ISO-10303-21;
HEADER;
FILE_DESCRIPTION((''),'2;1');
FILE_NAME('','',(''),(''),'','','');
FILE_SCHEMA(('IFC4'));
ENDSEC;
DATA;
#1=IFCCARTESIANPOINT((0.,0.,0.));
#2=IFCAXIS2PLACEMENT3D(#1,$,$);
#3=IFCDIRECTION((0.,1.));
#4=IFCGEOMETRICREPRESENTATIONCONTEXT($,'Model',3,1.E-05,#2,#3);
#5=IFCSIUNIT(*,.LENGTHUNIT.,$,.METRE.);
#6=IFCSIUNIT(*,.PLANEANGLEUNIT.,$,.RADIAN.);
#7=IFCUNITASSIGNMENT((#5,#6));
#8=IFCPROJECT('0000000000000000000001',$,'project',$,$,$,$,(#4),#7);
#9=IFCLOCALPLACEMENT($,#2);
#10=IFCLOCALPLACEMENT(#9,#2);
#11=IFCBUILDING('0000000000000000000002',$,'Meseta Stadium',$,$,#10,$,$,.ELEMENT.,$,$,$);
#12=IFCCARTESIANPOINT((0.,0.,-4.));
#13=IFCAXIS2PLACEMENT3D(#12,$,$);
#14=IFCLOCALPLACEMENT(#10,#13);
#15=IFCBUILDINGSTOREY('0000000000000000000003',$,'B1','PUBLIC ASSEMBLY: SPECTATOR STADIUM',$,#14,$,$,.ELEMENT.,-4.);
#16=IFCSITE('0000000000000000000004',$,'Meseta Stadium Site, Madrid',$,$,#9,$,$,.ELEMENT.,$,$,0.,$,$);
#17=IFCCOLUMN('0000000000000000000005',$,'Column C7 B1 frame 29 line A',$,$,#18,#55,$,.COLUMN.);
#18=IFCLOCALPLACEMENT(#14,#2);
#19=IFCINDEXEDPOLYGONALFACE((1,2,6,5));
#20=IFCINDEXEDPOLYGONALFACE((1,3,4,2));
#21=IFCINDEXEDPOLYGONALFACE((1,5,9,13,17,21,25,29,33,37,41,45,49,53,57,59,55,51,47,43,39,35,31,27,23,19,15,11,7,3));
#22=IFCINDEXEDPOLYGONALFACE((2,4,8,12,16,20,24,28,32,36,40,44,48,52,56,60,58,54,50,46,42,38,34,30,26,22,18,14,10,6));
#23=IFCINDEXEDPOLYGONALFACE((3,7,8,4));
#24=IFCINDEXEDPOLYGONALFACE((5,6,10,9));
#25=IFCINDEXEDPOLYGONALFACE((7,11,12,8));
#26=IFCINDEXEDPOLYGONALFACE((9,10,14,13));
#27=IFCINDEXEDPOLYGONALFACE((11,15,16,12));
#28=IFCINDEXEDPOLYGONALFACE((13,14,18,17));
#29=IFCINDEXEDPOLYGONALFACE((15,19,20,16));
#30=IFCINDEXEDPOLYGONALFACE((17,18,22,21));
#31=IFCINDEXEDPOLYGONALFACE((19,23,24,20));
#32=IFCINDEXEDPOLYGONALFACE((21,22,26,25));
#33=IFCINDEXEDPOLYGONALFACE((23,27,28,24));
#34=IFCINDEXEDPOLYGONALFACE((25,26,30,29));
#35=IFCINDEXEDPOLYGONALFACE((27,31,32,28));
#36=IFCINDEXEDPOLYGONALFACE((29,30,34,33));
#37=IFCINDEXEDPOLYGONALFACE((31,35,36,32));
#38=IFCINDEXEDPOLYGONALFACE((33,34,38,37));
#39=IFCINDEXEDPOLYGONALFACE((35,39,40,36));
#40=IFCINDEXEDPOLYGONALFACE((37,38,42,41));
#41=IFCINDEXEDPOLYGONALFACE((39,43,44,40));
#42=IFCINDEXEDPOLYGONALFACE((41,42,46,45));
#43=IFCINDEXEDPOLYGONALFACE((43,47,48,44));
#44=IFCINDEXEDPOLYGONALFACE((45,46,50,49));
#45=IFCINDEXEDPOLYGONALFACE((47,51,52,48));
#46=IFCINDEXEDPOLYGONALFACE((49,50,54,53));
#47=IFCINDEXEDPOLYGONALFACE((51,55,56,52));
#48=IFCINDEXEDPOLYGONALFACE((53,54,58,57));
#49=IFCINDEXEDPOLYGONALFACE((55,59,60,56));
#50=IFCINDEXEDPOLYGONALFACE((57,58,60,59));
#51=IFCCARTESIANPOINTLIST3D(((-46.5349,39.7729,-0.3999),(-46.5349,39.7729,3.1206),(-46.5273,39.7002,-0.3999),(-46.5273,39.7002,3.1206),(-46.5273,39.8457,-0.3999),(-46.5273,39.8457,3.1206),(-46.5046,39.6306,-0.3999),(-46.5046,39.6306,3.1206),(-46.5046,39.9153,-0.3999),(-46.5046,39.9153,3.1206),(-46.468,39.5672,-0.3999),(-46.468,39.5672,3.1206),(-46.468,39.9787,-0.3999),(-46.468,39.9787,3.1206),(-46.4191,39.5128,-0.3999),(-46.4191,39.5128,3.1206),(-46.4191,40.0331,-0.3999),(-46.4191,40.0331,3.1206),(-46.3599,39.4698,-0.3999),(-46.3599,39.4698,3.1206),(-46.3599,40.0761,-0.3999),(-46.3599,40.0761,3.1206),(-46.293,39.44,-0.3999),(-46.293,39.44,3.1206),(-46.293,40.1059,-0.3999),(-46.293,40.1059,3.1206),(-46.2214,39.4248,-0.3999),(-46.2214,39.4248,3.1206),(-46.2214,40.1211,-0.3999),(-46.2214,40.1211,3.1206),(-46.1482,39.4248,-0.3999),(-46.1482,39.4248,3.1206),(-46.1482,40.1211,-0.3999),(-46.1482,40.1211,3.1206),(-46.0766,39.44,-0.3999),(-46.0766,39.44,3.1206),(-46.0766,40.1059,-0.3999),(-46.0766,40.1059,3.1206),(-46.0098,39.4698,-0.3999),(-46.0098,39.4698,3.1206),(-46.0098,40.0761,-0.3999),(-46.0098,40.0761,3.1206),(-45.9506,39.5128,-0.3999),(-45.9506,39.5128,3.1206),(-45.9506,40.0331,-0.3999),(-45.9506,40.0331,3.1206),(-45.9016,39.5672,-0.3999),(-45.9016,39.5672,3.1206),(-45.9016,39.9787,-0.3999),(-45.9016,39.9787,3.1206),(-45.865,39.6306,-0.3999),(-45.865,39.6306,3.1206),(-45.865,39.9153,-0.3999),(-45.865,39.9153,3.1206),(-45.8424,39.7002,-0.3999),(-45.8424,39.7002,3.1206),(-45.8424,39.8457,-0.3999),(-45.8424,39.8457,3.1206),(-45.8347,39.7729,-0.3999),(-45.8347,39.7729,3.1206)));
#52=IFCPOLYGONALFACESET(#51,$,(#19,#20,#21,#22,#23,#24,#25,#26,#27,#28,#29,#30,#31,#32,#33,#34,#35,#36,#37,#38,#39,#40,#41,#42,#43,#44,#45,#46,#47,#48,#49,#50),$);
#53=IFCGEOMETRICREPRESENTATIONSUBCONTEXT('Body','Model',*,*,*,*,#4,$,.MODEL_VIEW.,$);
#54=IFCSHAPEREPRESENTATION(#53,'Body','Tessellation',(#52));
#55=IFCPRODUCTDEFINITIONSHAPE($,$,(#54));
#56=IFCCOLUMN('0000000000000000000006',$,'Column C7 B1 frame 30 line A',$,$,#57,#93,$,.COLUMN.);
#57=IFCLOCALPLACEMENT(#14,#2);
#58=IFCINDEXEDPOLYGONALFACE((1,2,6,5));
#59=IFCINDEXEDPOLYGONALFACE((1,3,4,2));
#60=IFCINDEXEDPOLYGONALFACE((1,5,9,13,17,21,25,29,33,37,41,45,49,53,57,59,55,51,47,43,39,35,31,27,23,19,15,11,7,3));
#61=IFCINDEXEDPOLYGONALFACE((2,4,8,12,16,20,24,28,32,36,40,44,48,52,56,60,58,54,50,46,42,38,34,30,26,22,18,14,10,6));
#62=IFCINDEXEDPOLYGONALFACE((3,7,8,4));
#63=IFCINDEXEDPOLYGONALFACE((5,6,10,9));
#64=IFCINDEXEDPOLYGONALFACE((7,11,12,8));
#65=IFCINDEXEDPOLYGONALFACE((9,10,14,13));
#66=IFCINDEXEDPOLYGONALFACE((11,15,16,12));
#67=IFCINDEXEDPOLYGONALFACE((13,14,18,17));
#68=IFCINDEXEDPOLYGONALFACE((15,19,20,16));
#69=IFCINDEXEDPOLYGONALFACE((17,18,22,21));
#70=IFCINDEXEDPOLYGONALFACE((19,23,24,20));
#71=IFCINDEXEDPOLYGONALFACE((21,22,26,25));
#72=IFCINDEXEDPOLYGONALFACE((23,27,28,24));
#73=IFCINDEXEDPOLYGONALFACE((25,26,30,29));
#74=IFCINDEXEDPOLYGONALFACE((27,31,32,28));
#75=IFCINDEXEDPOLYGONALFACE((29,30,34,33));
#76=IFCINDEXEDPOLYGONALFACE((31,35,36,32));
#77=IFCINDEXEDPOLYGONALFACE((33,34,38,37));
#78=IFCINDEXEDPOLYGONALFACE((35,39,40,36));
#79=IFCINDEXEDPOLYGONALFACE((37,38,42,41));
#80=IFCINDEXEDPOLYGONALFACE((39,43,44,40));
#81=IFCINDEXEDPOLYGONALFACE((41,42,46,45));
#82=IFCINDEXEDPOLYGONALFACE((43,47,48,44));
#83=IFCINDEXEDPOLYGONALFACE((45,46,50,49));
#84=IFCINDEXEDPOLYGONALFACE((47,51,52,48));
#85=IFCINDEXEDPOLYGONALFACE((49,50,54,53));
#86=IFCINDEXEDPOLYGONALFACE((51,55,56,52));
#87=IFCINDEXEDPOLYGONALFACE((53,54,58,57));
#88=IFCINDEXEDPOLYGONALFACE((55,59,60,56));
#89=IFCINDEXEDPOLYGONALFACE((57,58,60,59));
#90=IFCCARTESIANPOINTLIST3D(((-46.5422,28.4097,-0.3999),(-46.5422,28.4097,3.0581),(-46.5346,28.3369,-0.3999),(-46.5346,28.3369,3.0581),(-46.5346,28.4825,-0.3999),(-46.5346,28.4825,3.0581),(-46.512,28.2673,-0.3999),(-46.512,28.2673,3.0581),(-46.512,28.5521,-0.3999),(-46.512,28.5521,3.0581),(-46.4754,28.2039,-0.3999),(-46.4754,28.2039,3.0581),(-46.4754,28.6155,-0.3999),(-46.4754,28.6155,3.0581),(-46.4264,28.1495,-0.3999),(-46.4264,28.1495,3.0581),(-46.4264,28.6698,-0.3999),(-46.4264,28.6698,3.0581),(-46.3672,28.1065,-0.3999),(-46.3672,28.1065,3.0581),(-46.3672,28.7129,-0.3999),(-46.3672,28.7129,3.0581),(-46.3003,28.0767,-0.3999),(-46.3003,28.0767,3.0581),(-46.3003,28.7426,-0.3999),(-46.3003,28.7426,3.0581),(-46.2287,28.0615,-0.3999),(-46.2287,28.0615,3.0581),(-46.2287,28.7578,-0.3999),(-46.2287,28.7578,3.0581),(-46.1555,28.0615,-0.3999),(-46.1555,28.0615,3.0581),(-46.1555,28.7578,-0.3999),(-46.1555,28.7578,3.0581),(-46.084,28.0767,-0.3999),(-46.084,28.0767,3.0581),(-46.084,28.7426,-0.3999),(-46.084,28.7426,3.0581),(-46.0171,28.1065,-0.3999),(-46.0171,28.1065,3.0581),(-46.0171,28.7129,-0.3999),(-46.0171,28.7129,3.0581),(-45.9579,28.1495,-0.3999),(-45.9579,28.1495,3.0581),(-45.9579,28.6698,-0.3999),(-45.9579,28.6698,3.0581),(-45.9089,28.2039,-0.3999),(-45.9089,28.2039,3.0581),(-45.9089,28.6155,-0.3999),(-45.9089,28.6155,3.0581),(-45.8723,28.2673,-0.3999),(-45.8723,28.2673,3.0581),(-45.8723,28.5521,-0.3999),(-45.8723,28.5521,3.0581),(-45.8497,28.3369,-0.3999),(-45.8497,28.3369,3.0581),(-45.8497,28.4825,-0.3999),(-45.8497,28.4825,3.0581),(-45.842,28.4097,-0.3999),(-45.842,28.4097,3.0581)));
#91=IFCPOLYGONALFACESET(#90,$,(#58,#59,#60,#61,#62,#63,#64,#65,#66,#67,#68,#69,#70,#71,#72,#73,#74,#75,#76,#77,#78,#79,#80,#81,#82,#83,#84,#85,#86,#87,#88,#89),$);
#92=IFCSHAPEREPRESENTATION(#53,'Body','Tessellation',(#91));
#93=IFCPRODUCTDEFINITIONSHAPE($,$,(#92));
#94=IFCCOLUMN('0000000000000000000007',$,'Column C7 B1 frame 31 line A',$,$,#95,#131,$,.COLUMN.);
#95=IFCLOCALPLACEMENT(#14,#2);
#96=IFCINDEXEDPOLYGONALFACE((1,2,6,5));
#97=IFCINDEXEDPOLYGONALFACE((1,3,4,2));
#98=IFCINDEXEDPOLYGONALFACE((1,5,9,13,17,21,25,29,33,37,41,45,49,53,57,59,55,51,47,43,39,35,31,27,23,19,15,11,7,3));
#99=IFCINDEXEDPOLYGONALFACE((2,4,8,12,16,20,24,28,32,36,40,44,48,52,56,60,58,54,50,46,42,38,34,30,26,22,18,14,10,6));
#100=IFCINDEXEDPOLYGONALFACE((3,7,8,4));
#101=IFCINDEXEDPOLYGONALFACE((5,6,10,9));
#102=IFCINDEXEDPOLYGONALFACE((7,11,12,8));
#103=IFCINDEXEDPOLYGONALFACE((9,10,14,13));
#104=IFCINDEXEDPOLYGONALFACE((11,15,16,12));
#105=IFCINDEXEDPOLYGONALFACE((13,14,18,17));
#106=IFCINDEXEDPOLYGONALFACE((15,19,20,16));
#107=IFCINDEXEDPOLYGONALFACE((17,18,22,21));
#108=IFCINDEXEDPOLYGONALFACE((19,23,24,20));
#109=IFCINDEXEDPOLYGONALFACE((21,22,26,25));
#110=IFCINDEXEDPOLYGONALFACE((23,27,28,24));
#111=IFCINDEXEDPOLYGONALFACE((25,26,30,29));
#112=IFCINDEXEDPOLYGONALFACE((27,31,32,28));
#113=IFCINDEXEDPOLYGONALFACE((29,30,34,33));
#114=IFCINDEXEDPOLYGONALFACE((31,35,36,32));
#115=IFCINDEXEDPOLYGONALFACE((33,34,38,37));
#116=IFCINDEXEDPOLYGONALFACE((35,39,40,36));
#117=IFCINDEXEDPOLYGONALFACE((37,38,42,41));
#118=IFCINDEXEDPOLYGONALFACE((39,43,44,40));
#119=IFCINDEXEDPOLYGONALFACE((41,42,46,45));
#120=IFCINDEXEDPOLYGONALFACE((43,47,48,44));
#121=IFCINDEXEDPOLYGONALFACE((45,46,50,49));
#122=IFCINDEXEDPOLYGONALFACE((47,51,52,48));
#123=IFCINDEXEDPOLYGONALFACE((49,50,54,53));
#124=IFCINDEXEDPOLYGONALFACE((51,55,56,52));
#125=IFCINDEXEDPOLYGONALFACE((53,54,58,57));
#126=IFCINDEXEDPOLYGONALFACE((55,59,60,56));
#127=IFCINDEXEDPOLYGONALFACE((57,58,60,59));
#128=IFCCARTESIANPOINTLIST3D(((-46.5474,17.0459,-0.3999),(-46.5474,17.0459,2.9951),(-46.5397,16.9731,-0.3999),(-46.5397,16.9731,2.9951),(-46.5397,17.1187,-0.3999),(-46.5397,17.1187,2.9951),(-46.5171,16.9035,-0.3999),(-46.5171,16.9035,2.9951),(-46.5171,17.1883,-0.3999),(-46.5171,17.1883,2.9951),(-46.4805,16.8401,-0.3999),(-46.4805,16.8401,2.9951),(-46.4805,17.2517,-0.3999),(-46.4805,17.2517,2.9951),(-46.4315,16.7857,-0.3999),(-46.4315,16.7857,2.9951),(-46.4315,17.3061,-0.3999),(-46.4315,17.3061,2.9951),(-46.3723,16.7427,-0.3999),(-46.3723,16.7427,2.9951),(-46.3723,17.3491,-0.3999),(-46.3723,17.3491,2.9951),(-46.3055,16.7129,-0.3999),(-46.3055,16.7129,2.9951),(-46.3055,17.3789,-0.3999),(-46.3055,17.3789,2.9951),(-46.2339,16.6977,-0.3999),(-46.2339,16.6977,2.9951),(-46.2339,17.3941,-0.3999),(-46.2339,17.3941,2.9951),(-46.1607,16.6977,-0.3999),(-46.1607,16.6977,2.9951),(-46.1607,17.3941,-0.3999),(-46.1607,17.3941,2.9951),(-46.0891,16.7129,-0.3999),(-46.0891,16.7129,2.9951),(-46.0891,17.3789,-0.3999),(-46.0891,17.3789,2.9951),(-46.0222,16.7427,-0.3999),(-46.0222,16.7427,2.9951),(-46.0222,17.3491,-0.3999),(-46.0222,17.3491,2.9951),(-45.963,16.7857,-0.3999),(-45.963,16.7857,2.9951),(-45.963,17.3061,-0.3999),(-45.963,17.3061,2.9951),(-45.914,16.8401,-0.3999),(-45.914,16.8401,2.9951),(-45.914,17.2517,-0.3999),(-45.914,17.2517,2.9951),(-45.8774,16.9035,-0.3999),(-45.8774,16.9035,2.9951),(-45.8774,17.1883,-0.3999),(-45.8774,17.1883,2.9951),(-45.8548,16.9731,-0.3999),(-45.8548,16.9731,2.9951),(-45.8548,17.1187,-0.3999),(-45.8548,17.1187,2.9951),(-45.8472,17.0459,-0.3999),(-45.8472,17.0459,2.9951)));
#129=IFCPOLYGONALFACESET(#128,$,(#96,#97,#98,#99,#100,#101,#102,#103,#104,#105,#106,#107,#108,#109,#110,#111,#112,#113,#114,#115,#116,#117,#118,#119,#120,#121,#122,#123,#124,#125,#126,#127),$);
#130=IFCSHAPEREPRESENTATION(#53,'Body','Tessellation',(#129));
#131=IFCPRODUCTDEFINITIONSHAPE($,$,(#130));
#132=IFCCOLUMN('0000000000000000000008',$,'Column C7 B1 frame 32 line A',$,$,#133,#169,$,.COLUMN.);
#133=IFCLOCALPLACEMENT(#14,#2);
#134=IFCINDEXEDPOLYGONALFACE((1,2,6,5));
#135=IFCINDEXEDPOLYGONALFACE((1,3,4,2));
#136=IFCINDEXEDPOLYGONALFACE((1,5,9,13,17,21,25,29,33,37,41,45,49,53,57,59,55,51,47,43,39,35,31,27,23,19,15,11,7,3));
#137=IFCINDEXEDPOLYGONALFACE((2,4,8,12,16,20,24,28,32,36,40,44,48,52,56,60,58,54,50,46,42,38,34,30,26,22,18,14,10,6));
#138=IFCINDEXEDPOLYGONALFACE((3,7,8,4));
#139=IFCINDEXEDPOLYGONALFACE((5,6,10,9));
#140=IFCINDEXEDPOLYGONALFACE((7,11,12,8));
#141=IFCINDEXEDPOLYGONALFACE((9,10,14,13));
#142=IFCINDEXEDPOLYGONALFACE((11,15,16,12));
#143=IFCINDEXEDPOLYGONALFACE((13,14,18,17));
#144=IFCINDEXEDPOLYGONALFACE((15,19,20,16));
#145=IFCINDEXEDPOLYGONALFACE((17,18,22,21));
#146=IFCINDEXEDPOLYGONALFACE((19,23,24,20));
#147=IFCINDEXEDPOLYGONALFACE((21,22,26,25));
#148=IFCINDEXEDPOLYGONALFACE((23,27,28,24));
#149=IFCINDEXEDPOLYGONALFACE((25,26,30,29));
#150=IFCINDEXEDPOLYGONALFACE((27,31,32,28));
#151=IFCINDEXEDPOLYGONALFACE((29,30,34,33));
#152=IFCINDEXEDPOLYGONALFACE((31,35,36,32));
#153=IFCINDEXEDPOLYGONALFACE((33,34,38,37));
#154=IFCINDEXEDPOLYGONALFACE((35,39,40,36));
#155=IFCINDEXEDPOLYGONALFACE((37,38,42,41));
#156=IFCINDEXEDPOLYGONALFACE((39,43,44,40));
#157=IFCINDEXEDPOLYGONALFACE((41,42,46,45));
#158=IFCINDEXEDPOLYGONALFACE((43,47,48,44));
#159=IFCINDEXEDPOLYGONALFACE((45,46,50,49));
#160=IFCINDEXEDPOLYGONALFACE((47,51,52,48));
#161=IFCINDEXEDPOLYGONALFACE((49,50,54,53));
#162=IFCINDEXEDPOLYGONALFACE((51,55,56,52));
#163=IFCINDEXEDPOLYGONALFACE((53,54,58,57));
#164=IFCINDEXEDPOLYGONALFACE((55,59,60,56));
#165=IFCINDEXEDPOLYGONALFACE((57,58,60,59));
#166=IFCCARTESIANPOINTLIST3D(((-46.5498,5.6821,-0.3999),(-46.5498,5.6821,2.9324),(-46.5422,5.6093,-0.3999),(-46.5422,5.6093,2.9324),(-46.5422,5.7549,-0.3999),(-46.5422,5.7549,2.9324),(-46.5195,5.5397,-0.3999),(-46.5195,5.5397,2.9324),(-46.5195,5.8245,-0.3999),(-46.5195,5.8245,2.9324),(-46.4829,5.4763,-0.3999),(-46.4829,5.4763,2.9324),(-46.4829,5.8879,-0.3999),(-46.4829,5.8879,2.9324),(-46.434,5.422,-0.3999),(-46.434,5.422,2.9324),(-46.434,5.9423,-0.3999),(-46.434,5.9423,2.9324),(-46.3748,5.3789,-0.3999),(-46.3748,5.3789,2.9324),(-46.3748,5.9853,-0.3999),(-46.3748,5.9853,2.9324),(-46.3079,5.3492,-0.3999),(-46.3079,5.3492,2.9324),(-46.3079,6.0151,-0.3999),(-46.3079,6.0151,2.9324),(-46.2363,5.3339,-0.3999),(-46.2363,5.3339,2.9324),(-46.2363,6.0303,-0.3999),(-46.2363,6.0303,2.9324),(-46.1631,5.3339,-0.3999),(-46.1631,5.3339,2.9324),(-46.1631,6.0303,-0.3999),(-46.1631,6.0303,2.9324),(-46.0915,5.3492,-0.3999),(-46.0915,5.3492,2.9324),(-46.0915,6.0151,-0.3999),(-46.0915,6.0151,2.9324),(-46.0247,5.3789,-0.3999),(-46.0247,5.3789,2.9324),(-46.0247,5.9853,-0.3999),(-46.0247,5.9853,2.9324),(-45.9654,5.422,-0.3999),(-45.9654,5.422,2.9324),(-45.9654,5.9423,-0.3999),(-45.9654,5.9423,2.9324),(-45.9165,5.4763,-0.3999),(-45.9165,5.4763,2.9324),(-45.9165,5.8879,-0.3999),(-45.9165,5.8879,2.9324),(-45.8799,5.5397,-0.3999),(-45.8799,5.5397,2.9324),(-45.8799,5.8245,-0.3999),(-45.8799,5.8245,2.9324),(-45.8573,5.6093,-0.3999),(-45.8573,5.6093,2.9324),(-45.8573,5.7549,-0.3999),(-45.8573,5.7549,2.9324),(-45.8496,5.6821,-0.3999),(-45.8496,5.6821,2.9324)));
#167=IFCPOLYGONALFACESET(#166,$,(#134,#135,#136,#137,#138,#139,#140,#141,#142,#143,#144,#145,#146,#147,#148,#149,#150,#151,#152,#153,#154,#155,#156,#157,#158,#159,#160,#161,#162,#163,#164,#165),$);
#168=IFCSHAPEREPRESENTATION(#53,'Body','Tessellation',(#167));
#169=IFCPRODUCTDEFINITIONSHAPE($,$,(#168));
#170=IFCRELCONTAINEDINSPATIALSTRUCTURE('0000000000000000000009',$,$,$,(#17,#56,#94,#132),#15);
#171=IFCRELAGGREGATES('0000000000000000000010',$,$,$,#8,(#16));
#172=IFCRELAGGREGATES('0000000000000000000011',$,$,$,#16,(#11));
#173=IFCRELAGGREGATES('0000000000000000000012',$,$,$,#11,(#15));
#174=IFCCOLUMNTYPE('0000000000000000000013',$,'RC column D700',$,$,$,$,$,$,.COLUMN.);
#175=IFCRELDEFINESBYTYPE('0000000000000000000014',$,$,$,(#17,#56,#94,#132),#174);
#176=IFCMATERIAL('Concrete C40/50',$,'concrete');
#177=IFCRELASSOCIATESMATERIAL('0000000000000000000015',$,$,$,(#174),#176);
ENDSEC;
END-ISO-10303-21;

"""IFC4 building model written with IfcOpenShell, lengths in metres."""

from ifc_helpers import new_model, si_unit, direction, frame, origin, origin_2d, place, context, subcontext, project, spatial, circle, extrude, material, material_profile, profile_set, type_object, element, save


model = new_model("IFC4")

# Units and contexts
model_context = context("Model", 3, precision=1e-05, world=origin(), true_north=direction((0.0, 1.0)))
body_context = subcontext(model_context, "Body", "Model", "MODEL_VIEW")
ifc_project = project(units=[si_unit("LENGTHUNIT", "METRE"), si_unit("PLANEANGLEUNIT", "RADIAN")], contexts=[model_context])

# Site, building, storey
site_placement = place(None, origin())
site = spatial("IfcSite", under=ifc_project, at=site_placement, Name="Meseta Stadium Site, Madrid", CompositionType="ELEMENT", RefElevation=0.0)
building_placement = place(site_placement, origin())
building = spatial("IfcBuilding", under=site, at=building_placement, Name="Meseta Stadium", CompositionType="ELEMENT")
storey_placement = place(building_placement, frame((0.0, 0.0, -4.0)))
storey = spatial("IfcBuildingStorey", under=building, at=storey_placement, Name="B1", Description="PUBLIC ASSEMBLY: SPECTATOR STADIUM", CompositionType="ELEMENT", Elevation=-4.0)

# Columns
ifc_material_1 = material(Name="Concrete C40/50", Category="concrete")
ifc_material_profile_1 = material_profile(ifc_material_1, circle(Radius=0.3501, at=origin_2d()), Name="RC D700")
ifc_profile_set_1 = profile_set([ifc_material_profile_1], Name="Concrete C40/50")
column_type_1 = type_object("IfcColumnType", Name="RC column D700", PredefinedType="COLUMN", material=ifc_profile_set_1)
column_1_placement = place(storey_placement, frame((-46.1848, 39.7729, -0.3999), z_axis=(0.0, 0.0, 1.0), x_axis=(1.0, 0.0, 0.0)))
element("IfcColumn", 1, at=column_1_placement, inside=storey, type_object=column_type_1, Name="Column C7 B1 frame 29 line A", PredefinedType="COLUMN", context=body_context, shape_type="SweptSolid", body=[
    extrude(circle(Radius=0.3501, at=origin_2d()), origin(), (0.0, 0.0, 1.0), 3.5205),
])
column_2_placement = place(storey_placement, frame((-46.1921, 28.4097, -0.3999), z_axis=(0.0, 0.0, 1.0), x_axis=(1.0, 0.0, 0.0)))
element("IfcColumn", 2, at=column_2_placement, inside=storey, type_object=column_type_1, Name="Column C7 B1 frame 30 line A", PredefinedType="COLUMN", context=body_context, shape_type="SweptSolid", body=[
    extrude(circle(Radius=0.3501, at=origin_2d()), origin(), (0.0, 0.0, 1.0), 3.458),
])
column_3_placement = place(storey_placement, frame((-46.1973, 17.0459, -0.3999), z_axis=(0.0, 0.0, 1.0), x_axis=(1.0, 0.0, 0.0)))
element("IfcColumn", 3, at=column_3_placement, inside=storey, type_object=column_type_1, Name="Column C7 B1 frame 31 line A", PredefinedType="COLUMN", context=body_context, shape_type="SweptSolid", body=[
    extrude(circle(Radius=0.3501, at=origin_2d()), origin(), (0.0, 0.0, 1.0), 3.395),
])
column_4_placement = place(storey_placement, frame((-46.1997, 5.6821, -0.3999), z_axis=(0.0, 0.0, 1.0), x_axis=(1.0, 0.0, 0.0)))
element("IfcColumn", 4, at=column_4_placement, inside=storey, type_object=column_type_1, Name="Column C7 B1 frame 32 line A", PredefinedType="COLUMN", context=body_context, shape_type="SweptSolid", body=[
    extrude(circle(Radius=0.3501, at=origin_2d()), origin(), (0.0, 0.0, 1.0), 3.3323),
])

save(model, "model.ifc")
